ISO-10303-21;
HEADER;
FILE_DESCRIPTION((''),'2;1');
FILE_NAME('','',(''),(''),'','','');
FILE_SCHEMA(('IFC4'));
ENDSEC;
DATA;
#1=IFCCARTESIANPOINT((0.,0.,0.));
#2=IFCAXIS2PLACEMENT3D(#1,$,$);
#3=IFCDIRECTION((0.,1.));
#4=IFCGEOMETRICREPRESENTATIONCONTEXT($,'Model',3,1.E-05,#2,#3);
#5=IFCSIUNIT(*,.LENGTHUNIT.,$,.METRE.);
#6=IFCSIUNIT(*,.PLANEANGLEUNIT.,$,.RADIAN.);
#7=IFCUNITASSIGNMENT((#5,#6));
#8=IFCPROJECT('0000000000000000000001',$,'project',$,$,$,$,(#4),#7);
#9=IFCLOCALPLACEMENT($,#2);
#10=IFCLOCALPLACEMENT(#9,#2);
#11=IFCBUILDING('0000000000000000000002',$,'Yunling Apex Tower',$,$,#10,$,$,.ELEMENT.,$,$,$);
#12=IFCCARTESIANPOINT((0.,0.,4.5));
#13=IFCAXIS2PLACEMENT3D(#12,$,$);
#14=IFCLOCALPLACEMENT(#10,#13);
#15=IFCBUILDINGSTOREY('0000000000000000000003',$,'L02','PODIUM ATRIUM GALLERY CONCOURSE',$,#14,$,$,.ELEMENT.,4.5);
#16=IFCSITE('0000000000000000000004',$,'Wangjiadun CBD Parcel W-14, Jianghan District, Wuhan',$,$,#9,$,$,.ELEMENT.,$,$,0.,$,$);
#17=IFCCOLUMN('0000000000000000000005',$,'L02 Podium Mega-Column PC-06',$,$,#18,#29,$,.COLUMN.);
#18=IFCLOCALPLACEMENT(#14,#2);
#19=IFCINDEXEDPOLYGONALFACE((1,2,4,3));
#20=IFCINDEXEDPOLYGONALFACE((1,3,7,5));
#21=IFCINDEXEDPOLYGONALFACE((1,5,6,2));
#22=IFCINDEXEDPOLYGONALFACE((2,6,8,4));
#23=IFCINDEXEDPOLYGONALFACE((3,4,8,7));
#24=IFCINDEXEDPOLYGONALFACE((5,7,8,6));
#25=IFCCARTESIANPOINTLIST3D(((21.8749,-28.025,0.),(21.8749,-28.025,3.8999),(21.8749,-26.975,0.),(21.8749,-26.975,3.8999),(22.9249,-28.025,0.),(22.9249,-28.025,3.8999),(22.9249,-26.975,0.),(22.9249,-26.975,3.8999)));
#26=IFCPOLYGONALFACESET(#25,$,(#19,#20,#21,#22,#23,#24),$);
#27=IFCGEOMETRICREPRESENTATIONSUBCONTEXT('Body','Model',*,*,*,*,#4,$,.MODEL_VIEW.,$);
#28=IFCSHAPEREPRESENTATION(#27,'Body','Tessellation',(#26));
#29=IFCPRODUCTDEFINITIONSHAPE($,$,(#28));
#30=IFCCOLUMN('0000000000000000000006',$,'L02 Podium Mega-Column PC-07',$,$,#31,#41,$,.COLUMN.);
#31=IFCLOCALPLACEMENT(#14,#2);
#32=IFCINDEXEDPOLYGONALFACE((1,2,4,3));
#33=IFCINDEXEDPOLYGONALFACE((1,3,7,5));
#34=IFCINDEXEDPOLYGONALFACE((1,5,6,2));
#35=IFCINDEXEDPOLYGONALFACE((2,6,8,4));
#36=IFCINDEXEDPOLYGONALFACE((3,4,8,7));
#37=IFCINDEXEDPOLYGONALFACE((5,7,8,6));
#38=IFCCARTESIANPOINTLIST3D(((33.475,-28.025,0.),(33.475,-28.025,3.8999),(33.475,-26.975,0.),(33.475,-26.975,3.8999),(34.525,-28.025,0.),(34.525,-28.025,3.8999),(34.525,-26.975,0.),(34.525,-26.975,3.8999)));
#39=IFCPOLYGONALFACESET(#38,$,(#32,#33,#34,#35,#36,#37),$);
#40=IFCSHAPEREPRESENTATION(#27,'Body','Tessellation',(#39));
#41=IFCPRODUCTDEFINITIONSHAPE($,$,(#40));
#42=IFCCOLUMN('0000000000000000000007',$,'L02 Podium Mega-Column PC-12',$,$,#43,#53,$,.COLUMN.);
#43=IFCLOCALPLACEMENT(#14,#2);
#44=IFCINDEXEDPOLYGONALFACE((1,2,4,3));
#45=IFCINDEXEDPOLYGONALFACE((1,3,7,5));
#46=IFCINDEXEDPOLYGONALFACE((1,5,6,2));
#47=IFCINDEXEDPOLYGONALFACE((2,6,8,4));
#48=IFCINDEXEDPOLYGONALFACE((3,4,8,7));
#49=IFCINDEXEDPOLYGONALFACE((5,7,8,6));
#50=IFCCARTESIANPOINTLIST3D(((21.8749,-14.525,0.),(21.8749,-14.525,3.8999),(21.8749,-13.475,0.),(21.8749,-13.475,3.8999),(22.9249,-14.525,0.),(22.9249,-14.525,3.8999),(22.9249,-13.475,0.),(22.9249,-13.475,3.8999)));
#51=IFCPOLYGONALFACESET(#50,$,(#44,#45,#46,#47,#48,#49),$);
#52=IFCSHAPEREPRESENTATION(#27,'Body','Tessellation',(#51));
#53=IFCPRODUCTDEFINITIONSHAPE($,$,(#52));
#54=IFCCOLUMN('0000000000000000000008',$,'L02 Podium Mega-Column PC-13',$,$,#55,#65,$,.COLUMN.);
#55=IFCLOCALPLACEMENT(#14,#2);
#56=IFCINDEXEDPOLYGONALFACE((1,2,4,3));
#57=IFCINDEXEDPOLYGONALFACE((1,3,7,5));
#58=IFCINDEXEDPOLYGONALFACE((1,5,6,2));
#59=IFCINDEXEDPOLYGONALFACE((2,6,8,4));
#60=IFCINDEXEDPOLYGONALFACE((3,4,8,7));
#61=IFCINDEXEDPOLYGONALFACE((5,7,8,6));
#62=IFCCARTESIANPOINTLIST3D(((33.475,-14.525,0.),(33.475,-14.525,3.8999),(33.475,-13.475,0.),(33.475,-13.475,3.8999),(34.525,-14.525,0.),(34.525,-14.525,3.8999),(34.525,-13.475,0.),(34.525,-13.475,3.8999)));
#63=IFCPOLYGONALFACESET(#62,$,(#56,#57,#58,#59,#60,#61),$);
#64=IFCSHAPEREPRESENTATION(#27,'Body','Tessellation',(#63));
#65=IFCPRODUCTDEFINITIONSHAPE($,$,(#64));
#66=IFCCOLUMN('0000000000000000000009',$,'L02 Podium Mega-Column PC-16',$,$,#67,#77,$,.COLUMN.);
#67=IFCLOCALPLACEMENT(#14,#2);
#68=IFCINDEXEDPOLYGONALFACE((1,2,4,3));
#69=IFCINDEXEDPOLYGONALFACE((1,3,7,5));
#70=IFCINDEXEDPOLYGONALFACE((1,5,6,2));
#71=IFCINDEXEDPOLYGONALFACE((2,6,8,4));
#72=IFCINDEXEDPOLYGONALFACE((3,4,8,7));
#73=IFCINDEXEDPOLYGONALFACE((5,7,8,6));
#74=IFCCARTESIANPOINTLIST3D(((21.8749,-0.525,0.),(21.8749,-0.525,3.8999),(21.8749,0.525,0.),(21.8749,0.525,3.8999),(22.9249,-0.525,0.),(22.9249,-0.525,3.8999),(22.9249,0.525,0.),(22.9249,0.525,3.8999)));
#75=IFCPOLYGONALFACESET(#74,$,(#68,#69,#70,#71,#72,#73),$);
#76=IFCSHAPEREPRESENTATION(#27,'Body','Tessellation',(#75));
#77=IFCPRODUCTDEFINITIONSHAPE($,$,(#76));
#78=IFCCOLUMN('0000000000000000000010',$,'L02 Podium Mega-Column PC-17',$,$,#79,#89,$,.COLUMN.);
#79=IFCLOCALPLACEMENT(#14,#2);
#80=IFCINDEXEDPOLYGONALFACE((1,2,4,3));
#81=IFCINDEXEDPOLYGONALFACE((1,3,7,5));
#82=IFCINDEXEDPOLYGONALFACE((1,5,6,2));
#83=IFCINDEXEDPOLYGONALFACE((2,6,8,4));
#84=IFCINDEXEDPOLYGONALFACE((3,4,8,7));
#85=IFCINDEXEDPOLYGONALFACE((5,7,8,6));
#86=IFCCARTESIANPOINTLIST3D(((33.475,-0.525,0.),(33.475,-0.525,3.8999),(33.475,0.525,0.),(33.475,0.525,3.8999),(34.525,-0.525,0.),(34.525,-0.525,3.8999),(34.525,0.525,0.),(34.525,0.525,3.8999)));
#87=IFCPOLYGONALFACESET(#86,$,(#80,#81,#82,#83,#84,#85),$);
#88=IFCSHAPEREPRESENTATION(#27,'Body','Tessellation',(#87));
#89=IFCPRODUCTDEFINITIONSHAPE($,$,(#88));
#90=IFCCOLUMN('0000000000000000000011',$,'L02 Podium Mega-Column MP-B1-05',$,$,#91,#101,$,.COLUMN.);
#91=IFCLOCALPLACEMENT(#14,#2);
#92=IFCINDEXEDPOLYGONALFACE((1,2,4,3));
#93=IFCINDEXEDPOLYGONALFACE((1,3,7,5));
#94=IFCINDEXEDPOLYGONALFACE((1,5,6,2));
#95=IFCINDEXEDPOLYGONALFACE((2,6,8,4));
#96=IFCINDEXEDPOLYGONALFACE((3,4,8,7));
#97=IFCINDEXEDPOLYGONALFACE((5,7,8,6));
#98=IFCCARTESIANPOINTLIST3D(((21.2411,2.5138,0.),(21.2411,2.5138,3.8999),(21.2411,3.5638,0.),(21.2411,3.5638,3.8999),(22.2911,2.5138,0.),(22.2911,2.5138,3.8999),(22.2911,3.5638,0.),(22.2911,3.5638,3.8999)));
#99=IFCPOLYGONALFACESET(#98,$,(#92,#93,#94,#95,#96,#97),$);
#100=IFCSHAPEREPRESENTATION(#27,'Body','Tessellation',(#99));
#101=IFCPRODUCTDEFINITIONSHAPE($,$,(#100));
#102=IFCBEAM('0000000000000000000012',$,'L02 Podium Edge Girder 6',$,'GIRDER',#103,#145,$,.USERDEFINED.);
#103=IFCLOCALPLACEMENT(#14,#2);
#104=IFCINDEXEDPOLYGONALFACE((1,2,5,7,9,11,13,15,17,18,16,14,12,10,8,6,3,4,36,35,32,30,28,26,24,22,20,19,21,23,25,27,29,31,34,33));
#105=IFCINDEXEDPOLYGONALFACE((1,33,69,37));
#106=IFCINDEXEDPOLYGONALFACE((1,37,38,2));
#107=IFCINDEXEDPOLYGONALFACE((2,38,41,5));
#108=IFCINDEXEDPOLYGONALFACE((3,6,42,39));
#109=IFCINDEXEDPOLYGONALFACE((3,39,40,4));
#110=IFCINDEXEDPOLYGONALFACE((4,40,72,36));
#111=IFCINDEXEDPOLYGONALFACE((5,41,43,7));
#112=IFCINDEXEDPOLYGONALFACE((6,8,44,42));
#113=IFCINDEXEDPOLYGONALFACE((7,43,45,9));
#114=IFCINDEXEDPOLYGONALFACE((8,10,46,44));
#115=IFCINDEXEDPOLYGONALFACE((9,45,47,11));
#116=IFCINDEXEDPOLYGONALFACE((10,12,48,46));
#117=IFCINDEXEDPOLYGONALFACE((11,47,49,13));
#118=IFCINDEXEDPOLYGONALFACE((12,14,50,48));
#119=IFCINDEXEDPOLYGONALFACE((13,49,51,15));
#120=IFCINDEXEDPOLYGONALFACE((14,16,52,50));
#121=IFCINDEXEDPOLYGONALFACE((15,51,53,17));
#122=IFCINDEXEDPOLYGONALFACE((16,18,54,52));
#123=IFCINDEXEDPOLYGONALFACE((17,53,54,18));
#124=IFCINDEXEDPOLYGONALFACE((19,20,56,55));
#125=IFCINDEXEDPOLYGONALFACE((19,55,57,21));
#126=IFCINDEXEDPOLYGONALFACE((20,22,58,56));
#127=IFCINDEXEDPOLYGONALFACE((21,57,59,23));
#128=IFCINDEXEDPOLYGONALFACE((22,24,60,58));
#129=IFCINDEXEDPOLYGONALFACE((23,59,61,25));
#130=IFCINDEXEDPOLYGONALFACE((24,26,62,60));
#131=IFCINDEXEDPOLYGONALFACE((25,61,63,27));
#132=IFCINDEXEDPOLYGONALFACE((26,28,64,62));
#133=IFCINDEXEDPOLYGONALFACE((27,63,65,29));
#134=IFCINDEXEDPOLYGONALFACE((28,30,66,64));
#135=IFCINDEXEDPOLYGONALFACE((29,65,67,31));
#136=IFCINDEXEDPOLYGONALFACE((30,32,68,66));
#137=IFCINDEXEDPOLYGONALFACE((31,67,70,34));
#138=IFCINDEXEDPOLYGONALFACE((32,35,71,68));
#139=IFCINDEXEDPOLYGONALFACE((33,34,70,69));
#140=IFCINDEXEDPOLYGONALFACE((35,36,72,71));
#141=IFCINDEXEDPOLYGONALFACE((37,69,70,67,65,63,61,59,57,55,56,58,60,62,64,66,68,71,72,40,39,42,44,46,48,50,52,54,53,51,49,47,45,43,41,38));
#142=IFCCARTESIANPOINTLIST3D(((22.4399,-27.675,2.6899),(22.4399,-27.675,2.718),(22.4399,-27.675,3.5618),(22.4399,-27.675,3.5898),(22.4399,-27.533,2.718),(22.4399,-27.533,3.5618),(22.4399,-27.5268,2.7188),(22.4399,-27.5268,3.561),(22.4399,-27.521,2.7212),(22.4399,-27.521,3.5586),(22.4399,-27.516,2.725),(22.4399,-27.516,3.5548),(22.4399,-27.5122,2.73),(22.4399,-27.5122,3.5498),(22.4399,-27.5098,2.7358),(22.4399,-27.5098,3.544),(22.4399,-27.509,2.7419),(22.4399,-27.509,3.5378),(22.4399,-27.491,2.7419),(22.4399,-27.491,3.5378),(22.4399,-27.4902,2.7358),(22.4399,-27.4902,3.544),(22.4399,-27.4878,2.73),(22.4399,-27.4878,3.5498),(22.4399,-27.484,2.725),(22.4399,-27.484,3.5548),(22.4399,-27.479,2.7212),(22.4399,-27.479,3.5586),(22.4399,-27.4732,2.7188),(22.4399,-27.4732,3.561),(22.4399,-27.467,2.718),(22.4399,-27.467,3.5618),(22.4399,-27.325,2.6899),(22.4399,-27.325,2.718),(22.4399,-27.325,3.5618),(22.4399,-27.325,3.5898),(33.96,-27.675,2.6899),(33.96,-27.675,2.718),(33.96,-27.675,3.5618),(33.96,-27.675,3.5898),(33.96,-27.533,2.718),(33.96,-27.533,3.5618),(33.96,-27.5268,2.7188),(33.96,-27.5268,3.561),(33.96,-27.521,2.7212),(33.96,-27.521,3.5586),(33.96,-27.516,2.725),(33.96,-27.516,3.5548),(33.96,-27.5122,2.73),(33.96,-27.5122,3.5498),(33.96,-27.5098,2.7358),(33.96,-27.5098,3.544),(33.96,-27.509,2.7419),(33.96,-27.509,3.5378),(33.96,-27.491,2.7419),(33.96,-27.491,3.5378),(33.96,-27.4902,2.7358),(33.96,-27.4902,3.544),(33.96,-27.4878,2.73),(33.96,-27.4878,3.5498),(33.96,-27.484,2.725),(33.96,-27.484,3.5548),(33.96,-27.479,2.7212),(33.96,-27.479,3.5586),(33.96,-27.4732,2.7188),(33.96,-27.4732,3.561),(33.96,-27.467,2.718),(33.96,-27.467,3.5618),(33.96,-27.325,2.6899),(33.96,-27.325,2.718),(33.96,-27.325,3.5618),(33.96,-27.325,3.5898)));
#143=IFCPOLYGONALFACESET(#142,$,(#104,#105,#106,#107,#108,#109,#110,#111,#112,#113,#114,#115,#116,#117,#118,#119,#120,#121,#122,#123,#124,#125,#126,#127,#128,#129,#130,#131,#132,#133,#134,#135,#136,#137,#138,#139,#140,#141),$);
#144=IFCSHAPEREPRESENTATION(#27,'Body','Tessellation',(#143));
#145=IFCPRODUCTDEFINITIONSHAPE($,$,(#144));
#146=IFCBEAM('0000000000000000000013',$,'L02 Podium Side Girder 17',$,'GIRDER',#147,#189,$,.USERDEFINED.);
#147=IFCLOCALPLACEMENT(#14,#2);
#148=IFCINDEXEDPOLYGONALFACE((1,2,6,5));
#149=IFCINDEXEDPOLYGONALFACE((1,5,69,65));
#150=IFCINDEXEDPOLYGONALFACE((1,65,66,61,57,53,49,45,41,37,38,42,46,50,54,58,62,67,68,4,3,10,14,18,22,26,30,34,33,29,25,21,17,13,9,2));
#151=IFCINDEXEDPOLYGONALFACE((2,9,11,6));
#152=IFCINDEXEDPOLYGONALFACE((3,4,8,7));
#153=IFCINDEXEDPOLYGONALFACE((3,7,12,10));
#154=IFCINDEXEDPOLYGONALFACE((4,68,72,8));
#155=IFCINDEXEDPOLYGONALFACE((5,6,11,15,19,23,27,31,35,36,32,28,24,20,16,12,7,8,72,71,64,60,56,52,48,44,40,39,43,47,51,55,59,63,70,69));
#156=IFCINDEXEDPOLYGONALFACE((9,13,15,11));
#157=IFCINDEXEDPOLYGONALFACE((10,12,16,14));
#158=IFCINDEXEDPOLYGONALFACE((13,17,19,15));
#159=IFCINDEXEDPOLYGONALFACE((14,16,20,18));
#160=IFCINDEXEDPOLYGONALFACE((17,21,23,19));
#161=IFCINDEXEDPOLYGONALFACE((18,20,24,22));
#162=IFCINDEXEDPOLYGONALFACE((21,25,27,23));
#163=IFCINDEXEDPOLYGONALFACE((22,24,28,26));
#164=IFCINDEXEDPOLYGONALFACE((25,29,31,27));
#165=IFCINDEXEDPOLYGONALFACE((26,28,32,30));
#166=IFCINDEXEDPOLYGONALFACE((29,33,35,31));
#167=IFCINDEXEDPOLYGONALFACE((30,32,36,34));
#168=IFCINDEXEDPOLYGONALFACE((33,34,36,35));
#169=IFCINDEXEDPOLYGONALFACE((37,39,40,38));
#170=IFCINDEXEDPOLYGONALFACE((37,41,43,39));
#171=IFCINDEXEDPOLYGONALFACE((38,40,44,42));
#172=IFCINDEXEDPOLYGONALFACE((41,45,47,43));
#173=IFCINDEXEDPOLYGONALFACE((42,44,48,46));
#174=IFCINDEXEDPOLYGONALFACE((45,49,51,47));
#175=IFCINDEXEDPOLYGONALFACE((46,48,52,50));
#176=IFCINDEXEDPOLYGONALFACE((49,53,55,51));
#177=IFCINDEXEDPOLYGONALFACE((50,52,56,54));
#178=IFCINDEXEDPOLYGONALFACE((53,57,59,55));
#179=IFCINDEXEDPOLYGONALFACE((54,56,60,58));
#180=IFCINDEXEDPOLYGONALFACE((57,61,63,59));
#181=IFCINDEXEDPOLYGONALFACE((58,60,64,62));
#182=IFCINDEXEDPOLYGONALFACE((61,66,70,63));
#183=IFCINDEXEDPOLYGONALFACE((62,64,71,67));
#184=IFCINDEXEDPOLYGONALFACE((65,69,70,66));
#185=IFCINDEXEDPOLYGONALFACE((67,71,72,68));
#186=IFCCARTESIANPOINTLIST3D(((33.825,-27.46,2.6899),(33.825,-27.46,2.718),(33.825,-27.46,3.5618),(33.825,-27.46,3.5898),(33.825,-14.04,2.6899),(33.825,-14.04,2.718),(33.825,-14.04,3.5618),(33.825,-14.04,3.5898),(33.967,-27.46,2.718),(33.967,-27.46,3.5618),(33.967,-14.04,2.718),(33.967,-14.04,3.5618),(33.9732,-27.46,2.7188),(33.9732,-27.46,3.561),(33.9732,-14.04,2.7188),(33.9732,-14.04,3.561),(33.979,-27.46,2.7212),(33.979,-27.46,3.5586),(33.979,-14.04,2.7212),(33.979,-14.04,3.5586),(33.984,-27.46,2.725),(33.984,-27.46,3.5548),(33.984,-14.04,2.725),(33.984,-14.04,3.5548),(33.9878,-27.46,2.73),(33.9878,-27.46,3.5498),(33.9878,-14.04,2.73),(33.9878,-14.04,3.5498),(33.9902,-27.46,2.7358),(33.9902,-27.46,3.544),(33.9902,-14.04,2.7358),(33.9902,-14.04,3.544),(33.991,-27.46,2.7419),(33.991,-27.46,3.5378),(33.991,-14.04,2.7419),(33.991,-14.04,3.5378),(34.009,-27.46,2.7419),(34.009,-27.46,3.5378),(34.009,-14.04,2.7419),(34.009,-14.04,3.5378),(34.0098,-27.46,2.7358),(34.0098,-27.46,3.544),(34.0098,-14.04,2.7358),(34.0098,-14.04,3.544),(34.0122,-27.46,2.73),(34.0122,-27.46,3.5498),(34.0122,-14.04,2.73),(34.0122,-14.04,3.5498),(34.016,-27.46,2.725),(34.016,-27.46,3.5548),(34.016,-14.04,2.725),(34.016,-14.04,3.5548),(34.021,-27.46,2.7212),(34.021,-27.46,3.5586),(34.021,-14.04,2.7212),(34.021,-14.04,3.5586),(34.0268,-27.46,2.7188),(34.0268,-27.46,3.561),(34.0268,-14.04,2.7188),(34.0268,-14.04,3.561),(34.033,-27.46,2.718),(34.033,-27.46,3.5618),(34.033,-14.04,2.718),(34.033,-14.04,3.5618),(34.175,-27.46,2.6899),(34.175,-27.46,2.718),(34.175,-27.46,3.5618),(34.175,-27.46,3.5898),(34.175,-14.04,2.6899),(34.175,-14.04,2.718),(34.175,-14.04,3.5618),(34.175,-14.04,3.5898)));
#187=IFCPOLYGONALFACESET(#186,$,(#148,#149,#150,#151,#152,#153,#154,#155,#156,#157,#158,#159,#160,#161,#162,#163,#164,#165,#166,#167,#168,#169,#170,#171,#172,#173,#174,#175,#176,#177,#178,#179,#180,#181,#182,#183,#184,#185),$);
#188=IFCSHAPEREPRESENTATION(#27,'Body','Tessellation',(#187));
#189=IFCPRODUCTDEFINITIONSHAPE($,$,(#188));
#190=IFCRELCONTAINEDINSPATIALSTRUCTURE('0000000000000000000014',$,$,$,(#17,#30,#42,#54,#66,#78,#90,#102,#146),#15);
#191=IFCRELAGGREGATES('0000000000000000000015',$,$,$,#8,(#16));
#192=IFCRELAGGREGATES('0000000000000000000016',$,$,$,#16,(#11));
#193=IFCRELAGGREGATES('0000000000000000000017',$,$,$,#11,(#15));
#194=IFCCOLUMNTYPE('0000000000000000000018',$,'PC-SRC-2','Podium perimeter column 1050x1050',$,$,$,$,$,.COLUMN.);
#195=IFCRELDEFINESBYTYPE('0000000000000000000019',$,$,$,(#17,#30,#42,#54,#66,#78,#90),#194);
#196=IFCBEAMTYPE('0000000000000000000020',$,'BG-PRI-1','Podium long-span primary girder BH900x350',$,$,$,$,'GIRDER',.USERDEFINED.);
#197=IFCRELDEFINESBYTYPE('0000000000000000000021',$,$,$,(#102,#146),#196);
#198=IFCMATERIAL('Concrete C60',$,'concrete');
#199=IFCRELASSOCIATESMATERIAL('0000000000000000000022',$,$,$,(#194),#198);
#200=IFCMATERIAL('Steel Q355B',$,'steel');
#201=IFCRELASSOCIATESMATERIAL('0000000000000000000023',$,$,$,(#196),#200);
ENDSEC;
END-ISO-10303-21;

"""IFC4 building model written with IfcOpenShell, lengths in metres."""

from ifc_helpers import new_model, si_unit, direction, frame, origin, origin_2d, place, context, subcontext, project, spatial, rectangle, i_section, extrude, source, transform, mapped, material, material_profile, profile_set, type_object, element, save


model = new_model("IFC4")

# Units and contexts
model_context = context("Model", 3, precision=1e-05, world=origin(), true_north=direction((0.0, 1.0)))
body_context = subcontext(model_context, "Body", "Model", "MODEL_VIEW")
ifc_project = project(units=[si_unit("LENGTHUNIT", "METRE"), si_unit("PLANEANGLEUNIT", "RADIAN")], contexts=[model_context])

# Site, building, storey
site_placement = place(None, origin())
site = spatial("IfcSite", under=ifc_project, at=site_placement, Name="Wangjiadun CBD Parcel W-14, Jianghan District, Wuhan", CompositionType="ELEMENT", RefElevation=0.0)
building_placement = place(site_placement, origin())
building = spatial("IfcBuilding", under=site, at=building_placement, Name="Yunling Apex Tower", CompositionType="ELEMENT")
storey_placement = place(building_placement, frame((0.0, 0.0, 4.5)))
storey = spatial("IfcBuildingStorey", under=building, at=storey_placement, Name="L02", Description="PODIUM ATRIUM GALLERY CONCOURSE", CompositionType="ELEMENT", Elevation=4.5)

# Columns
ifc_material_1 = material(Name="Concrete C60", Category="concrete")
ifc_material_profile_1 = material_profile(ifc_material_1, rectangle(XDim=1.05, YDim=1.05, at=origin_2d()))
ifc_profile_set_1 = profile_set([ifc_material_profile_1], Name="Concrete C60")
column_type = type_object("IfcColumnType", Name="PC-SRC-2", Description="Podium perimeter column 1050x1050", PredefinedType="COLUMN", material=ifc_profile_set_1)
shared_shape_1 = source(origin(), body_context, "Body", "SweptSolid", [
    extrude(rectangle(XDim=1.05, YDim=1.05, at=origin_2d()), origin(), (0.0, 0.0, 1.0), 3.8999),
])
for number, where, z_axis, x_axis, name in (
    (1, (22.3999, -27.5, 0.0), (0.0, 0.0, 1.0), (1.0, 0.0, 0.0), "L02 Podium Mega-Column PC-06"),
    (2, (34.0, -27.5, 0.0), (0.0, 0.0, 1.0), (1.0, 0.0, 0.0), "L02 Podium Mega-Column PC-07"),
    (3, (22.3999, -14.0, 0.0), (0.0, 0.0, 1.0), (1.0, 0.0, 0.0), "L02 Podium Mega-Column PC-12"),
    (4, (34.0, -14.0, 0.0), (0.0, 0.0, 1.0), (1.0, 0.0, 0.0), "L02 Podium Mega-Column PC-13"),
    (5, (22.3999, 0.0, 0.0), (0.0, 0.0, 1.0), (1.0, 0.0, 0.0), "L02 Podium Mega-Column PC-16"),
    (6, (34.0, 0.0, 0.0), (0.0, 0.0, 1.0), (1.0, 0.0, 0.0), "L02 Podium Mega-Column PC-17"),
    (7, (21.7661, 3.0388, 0.0), (0.0, 0.0, 1.0), (1.0, 0.0, 0.0), "L02 Podium Mega-Column MP-B1-05"),
):
    element("IfcColumn", number, at=place(storey_placement, frame(where, z_axis=z_axis, x_axis=x_axis)), inside=storey, type_object=column_type, Name=name, PredefinedType="COLUMN", context=body_context, shape_type="MappedRepresentation", body=[
        mapped(shared_shape_1, transform((0.0, 0.0, 0.0), scale=1.0)),
    ])

# Beams
ifc_material_2 = material(Name="Steel Q355B", Category="steel")
ifc_material_profile_2 = material_profile(ifc_material_2, i_section(OverallWidth=0.3501, OverallDepth=0.8999, WebThickness=0.0181, FlangeThickness=0.0281, FilletRadius=0.0239, at=origin_2d()))
ifc_profile_set_2 = profile_set([ifc_material_profile_2], Name="Steel Q355B")
beam_type_1 = type_object("IfcBeamType", Name="BG-PRI-1", Description="Podium long-span primary girder BH900x350", ElementType="GIRDER", PredefinedType="USERDEFINED", material=ifc_profile_set_2)
shared_shape_2 = source(origin(), body_context, "Body", "SweptSolid", [
    extrude(i_section(OverallWidth=0.3501, OverallDepth=0.8999, WebThickness=0.0181, FlangeThickness=0.0281, FilletRadius=0.0239, at=origin_2d()), origin(), (0.0, 0.0, 1.0), 11.52),
])
beam_1_placement = place(storey_placement, frame((22.4399, -27.5, 3.1399), z_axis=(1.0, 0.0, 0.0), x_axis=(0.0, 1.0, 0.0)))
element("IfcBeam", 8, at=beam_1_placement, inside=storey, type_object=beam_type_1, Name="L02 Podium Edge Girder 6", ObjectType="GIRDER", PredefinedType="USERDEFINED", context=body_context, shape_type="MappedRepresentation", body=[
    mapped(shared_shape_2, transform((0.0, 0.0, 0.0), scale=1.0)),
])
shared_shape_3 = source(origin(), body_context, "Body", "SweptSolid", [
    extrude(i_section(OverallWidth=0.3501, OverallDepth=0.8999, WebThickness=0.0181, FlangeThickness=0.0281, FilletRadius=0.0239, at=origin_2d()), origin(), (0.0, 0.0, 1.0), 13.4199),
])
beam_2_placement = place(storey_placement, frame((34.0, -27.46, 3.1399), z_axis=(0.0, 1.0, 0.0), x_axis=(-1.0, 0.0, 0.0)))
element("IfcBeam", 9, at=beam_2_placement, inside=storey, type_object=beam_type_1, Name="L02 Podium Side Girder 17", ObjectType="GIRDER", PredefinedType="USERDEFINED", context=body_context, shape_type="MappedRepresentation", body=[
    mapped(shared_shape_3, transform((0.0, 0.0, 0.0), scale=1.0)),
])

save(model, "model.ifc")
